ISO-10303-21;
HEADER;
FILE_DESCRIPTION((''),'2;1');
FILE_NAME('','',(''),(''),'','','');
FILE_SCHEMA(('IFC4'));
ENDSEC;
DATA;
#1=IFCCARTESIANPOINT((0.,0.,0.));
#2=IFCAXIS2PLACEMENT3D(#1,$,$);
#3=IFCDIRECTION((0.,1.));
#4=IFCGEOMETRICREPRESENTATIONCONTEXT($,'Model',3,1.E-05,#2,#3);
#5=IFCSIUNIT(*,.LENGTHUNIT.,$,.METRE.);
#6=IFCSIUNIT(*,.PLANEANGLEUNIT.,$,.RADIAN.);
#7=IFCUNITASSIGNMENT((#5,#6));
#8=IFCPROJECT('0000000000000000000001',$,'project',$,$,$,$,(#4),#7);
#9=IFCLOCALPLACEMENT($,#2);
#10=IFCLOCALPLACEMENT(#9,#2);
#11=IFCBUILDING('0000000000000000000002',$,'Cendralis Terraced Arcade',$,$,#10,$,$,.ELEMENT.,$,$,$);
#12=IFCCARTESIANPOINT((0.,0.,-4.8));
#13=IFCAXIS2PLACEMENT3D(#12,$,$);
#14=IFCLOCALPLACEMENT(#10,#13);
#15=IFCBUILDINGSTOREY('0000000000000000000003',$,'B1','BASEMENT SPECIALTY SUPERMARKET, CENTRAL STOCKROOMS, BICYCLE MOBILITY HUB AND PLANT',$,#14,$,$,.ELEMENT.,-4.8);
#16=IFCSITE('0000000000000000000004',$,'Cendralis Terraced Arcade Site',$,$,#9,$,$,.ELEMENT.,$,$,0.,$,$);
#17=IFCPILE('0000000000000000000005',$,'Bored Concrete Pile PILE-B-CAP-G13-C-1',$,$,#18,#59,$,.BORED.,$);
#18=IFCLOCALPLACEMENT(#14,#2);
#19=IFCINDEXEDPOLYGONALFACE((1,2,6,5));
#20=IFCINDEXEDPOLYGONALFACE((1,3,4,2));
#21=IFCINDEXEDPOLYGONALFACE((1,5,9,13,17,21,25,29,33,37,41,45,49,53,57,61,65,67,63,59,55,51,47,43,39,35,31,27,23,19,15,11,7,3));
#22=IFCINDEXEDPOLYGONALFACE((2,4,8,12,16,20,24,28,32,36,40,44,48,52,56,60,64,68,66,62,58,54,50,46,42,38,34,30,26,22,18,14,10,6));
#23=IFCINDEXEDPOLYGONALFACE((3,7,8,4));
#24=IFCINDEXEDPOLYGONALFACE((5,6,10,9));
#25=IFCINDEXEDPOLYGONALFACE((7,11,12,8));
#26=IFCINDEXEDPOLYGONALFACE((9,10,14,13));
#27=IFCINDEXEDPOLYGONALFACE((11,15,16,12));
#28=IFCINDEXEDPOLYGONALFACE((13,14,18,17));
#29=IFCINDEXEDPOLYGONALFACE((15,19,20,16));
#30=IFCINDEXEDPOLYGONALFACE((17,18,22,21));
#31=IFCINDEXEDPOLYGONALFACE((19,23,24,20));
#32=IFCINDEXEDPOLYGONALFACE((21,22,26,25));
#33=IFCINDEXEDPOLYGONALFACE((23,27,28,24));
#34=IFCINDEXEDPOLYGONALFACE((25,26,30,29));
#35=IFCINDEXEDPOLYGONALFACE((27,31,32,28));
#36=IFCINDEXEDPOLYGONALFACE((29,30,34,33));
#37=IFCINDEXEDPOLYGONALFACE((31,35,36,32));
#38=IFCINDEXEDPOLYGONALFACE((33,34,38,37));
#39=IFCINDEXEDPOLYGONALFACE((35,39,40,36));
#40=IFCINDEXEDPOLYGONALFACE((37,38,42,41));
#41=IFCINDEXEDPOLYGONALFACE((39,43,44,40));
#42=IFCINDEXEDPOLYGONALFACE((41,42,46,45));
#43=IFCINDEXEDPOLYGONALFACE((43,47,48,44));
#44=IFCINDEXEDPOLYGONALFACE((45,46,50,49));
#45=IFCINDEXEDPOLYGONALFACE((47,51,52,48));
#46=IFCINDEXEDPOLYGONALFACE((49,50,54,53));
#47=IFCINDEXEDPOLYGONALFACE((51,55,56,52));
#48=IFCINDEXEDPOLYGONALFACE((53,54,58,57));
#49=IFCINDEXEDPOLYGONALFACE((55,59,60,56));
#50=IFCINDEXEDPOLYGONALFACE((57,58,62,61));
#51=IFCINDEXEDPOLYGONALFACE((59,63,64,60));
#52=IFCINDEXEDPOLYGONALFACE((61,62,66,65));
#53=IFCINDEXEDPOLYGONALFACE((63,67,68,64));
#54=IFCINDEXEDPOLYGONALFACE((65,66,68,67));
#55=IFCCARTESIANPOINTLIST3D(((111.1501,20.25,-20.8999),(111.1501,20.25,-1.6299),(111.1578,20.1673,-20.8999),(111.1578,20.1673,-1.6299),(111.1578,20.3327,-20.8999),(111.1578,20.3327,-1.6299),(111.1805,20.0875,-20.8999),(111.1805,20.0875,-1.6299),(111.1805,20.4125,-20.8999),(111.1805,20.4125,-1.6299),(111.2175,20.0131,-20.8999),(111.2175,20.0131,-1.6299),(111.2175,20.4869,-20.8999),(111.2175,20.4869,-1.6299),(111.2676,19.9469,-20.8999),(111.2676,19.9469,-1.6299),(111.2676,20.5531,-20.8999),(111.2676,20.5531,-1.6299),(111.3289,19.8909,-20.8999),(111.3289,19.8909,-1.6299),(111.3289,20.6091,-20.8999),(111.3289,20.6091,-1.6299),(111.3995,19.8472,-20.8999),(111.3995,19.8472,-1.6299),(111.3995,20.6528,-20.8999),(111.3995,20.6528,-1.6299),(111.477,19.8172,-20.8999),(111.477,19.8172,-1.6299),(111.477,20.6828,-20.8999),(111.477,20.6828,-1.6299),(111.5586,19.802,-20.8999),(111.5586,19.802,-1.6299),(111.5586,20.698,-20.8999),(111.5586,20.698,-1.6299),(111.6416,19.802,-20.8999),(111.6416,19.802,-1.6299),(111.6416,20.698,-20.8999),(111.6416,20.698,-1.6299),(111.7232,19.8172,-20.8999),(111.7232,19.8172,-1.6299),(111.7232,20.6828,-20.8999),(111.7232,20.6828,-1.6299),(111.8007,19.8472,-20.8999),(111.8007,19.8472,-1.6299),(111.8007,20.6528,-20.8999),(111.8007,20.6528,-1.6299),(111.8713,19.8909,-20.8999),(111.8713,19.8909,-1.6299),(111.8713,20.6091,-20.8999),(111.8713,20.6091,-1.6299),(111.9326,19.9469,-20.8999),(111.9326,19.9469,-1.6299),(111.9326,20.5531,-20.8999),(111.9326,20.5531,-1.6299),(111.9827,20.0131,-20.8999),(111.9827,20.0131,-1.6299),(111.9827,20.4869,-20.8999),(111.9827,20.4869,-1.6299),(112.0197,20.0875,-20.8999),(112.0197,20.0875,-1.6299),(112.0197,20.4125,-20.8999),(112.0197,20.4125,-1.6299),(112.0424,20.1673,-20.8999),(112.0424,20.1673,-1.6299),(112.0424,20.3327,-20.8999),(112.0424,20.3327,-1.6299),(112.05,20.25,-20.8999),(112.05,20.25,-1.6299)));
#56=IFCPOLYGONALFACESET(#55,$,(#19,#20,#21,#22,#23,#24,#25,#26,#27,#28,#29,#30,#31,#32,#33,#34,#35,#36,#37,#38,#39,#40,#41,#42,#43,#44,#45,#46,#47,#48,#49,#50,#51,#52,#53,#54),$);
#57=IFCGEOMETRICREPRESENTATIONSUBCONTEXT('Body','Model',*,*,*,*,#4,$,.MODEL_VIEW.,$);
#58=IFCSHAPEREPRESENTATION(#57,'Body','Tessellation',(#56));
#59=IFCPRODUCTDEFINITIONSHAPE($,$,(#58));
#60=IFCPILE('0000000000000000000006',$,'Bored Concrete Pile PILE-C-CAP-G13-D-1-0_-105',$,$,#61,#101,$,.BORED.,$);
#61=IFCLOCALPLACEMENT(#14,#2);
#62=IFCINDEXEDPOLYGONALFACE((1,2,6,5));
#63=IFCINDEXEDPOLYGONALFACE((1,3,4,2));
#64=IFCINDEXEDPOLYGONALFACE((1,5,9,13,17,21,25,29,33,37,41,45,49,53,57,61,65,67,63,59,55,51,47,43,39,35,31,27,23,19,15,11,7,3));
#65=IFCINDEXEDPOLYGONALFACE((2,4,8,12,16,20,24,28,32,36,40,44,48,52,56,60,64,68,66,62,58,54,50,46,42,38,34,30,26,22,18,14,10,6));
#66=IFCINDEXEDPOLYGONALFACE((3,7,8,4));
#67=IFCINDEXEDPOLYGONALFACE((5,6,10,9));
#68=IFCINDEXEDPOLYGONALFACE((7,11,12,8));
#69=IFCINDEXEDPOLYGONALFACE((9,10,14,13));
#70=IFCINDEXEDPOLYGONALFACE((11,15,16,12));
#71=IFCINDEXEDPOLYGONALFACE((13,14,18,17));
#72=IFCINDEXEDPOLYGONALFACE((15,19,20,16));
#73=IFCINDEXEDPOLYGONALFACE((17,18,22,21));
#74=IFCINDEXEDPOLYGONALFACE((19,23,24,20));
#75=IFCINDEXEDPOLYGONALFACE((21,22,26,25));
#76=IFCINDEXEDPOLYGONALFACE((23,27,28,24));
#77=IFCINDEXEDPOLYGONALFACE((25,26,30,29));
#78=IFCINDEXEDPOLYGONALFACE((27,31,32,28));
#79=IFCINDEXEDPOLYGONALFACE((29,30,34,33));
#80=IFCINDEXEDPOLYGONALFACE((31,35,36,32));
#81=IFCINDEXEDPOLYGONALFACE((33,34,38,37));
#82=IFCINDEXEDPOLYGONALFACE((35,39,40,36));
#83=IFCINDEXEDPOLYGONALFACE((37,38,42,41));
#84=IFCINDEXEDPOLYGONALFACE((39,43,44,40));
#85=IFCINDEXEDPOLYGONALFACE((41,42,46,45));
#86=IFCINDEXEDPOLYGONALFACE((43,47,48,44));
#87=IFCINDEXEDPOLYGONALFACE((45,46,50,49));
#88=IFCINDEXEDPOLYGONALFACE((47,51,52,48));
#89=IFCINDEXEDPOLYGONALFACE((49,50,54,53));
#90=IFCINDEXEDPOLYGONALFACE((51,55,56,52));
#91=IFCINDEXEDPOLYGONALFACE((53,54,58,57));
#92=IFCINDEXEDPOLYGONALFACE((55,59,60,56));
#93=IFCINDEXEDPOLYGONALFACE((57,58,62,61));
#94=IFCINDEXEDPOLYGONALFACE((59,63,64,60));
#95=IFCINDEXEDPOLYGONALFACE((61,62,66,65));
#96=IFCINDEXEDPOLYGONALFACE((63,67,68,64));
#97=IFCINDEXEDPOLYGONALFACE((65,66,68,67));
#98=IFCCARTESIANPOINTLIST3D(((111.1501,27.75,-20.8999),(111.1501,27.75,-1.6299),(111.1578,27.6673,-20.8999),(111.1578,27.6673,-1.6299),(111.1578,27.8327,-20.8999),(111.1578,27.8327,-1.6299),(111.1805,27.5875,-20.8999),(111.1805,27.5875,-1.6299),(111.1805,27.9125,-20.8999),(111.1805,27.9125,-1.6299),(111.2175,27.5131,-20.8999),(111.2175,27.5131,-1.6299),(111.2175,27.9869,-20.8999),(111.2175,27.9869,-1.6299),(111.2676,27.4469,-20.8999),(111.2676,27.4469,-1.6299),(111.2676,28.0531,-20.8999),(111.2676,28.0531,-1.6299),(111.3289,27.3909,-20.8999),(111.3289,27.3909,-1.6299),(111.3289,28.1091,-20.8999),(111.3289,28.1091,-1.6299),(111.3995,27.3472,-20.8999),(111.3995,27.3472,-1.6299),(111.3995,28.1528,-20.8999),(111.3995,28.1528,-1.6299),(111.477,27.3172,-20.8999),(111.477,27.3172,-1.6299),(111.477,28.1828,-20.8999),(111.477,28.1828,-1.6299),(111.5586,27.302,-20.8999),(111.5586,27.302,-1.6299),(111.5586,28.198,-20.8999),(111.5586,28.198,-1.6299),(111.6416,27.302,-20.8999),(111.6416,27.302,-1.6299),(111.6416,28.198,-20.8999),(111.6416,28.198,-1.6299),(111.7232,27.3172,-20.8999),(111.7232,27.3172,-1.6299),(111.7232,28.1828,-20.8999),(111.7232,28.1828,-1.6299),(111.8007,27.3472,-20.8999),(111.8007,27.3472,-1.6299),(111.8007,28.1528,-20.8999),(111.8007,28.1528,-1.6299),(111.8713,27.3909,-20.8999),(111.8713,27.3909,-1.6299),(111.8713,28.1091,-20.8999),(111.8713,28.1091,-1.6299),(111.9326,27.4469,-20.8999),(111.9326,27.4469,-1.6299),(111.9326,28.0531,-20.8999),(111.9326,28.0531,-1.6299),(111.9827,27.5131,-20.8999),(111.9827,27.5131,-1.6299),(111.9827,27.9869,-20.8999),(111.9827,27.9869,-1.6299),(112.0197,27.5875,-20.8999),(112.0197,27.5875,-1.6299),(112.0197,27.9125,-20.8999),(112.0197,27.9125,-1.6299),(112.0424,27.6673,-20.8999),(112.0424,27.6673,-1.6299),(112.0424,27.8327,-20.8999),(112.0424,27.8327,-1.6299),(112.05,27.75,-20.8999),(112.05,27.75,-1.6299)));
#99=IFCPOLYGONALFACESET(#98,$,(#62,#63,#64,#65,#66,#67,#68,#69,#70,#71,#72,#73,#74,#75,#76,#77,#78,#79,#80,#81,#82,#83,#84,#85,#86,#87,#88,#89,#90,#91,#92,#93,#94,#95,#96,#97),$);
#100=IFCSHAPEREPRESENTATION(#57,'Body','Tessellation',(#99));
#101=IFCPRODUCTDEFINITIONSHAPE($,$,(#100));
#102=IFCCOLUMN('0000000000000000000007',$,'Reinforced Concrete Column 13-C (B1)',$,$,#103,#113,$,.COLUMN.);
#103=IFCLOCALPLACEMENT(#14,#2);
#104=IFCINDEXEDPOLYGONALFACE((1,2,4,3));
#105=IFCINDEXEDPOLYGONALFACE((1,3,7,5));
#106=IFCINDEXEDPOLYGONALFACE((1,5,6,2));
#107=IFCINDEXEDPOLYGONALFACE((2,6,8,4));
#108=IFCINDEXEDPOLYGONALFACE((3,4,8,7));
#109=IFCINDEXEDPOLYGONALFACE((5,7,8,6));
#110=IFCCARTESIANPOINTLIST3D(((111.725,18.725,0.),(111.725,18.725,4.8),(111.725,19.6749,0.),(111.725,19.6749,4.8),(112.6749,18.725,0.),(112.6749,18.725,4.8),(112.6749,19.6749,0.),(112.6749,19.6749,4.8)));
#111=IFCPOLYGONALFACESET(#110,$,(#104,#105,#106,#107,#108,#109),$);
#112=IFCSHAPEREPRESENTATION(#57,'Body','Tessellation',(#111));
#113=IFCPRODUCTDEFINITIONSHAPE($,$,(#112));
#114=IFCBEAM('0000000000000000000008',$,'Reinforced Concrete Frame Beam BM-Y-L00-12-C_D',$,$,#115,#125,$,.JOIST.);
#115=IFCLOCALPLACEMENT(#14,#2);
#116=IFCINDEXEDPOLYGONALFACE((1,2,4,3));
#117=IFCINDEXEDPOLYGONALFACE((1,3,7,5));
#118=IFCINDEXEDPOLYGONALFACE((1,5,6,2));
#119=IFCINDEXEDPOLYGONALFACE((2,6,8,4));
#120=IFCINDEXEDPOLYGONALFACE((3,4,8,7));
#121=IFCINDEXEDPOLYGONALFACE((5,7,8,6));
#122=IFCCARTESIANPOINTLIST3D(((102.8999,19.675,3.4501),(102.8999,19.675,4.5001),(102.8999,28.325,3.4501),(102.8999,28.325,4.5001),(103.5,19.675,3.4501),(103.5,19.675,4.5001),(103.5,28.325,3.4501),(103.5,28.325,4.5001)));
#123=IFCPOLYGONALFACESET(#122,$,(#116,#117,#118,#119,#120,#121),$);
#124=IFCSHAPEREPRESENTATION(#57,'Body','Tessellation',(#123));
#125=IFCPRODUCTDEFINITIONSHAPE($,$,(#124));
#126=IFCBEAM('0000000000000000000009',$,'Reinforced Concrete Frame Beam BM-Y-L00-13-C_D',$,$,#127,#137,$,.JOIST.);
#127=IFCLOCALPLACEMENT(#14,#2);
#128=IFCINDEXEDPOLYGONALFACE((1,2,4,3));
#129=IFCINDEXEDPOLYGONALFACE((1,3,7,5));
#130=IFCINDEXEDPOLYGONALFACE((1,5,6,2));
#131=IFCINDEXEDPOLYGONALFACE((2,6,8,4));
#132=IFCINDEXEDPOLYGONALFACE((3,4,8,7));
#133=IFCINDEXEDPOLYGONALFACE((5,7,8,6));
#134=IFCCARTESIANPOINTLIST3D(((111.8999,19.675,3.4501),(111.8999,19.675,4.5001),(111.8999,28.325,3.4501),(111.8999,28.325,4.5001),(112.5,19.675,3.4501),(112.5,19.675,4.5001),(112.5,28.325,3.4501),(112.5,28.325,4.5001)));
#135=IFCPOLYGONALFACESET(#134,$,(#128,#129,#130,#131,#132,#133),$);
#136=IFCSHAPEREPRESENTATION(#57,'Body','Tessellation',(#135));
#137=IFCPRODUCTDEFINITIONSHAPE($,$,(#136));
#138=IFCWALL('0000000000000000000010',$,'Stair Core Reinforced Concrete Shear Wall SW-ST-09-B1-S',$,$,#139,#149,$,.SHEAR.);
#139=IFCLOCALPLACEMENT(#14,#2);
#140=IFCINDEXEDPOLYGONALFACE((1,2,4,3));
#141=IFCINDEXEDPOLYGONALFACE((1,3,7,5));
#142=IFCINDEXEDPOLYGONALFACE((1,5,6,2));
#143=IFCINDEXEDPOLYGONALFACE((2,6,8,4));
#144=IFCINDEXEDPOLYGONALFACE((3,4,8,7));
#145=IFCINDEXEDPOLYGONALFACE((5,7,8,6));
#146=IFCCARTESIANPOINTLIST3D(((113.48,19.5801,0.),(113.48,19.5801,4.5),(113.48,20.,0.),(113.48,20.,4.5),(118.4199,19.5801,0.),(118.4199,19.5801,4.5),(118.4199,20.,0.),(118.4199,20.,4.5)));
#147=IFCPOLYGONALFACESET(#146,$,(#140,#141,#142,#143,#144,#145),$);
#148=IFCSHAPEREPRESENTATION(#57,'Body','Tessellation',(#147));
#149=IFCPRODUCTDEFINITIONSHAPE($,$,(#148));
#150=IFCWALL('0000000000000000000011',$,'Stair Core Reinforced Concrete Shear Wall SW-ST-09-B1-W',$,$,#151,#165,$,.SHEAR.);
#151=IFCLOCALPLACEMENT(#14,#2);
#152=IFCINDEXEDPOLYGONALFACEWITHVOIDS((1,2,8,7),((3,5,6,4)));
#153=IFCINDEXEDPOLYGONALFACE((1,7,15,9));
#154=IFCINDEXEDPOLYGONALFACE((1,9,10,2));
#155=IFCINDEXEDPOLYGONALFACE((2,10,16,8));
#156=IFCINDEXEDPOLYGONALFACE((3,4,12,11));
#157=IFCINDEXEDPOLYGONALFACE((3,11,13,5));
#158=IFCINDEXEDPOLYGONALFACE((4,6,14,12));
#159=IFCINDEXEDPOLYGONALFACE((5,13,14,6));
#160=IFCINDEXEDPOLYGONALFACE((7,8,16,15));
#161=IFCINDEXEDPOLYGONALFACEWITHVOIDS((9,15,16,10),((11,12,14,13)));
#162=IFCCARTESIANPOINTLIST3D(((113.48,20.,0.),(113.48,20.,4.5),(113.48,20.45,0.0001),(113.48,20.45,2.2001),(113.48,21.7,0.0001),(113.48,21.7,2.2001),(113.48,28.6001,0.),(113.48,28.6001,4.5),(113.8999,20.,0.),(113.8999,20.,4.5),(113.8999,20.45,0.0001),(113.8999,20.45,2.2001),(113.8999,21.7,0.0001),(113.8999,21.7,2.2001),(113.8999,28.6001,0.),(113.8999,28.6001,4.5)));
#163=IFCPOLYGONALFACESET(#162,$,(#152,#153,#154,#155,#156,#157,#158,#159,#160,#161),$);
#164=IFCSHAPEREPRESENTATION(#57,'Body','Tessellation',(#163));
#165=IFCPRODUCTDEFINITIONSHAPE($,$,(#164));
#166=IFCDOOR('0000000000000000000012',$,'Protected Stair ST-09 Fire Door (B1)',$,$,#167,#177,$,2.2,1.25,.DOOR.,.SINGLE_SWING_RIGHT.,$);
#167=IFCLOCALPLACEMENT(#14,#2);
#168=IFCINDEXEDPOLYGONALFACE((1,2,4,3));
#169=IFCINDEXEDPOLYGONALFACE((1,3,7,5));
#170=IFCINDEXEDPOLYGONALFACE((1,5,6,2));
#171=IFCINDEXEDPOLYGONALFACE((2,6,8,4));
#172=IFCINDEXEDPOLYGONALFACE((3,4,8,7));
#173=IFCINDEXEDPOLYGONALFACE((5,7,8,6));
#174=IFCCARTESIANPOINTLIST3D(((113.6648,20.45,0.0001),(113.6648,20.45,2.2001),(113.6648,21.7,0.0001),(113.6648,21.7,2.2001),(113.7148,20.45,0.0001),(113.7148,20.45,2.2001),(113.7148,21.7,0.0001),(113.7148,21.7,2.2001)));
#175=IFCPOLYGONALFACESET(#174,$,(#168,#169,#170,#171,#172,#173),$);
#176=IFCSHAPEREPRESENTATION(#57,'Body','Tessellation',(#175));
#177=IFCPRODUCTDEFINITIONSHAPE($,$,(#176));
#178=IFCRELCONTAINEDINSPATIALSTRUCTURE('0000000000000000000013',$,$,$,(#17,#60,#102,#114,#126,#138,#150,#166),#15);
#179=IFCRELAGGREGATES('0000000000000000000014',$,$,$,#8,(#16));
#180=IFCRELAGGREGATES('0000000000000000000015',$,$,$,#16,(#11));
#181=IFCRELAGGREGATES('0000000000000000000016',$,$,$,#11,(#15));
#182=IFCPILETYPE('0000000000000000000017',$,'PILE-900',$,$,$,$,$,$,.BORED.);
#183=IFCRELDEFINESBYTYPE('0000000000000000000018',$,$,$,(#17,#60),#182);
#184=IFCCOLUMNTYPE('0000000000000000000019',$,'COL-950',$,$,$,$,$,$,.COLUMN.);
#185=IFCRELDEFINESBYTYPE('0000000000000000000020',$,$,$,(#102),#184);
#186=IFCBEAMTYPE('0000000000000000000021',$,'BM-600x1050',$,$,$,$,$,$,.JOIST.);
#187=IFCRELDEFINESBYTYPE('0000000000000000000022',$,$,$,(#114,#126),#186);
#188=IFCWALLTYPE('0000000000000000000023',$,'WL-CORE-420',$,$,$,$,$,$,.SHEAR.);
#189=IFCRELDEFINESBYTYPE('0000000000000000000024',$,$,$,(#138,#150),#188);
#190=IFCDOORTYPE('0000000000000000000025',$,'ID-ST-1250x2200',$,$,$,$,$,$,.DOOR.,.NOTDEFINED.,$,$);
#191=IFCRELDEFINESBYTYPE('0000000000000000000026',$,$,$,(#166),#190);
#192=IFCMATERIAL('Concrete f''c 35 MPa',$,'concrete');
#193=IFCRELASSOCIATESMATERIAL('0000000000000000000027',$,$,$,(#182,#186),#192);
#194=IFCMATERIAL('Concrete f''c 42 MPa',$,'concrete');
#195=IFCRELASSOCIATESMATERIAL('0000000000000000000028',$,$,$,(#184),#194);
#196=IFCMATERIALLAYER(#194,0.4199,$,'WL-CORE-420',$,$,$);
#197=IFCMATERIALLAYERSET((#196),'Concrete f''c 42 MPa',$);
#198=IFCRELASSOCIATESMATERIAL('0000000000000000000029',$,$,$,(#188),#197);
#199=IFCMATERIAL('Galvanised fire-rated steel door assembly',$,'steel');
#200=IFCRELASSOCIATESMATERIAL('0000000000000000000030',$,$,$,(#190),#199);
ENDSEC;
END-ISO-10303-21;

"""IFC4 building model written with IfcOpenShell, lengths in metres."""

from ifc_helpers import new_model, si_unit, direction, frame, frame_2d, origin, origin_2d, place, context, subcontext, project, spatial, rectangle, circle, extrude, material, layer, layer_set, material_profile, profile_set, type_object, element, fill, save


model = new_model("IFC4")

# Units and contexts
model_context = context("Model", 3, precision=1e-05, world=origin(), true_north=direction((0.0, 1.0)))
body_context = subcontext(model_context, "Body", "Model", "MODEL_VIEW")
ifc_project = project(units=[si_unit("LENGTHUNIT", "METRE"), si_unit("PLANEANGLEUNIT", "RADIAN")], contexts=[model_context])

# Site, building, storey
site_placement = place(None, origin())
site = spatial("IfcSite", under=ifc_project, at=site_placement, Name="Cendralis Terraced Arcade Site", CompositionType="ELEMENT", RefElevation=0.0)
building_placement = place(site_placement, origin())
building = spatial("IfcBuilding", under=site, at=building_placement, Name="Cendralis Terraced Arcade", CompositionType="ELEMENT")
storey_placement = place(building_placement, frame((0.0, 0.0, -4.8)))
storey = spatial("IfcBuildingStorey", under=building, at=storey_placement, Name="B1", Description="BASEMENT SPECIALTY SUPERMARKET, CENTRAL STOCKROOMS, BICYCLE MOBILITY HUB AND PLANT", CompositionType="ELEMENT", Elevation=-4.8)

# Shared definitions
ifc_material_1 = material(Name="Concrete f'c 35 MPa", Category="concrete")

# Piles
ifc_material_profile_1 = material_profile(ifc_material_1, circle(Radius=0.45, at=origin_2d()), Name="PILE-D900", Category="LoadBearing")
ifc_profile_set_1 = profile_set([ifc_material_profile_1], Name="Concrete f'c 35 MPa")
pile_type_1 = type_object("IfcPileType", Name="PILE-900", PredefinedType="BORED", material=ifc_profile_set_1)
for number, where, z_axis, x_axis, name in (
    (1, (111.6001, 20.25, -1.6299), (0.0, 0.0, -1.0), (1.0, 0.0, 0.0), "Bored Concrete Pile PILE-B-CAP-G13-C-1"),
    (2, (111.6001, 27.75, -1.6299), (0.0, 0.0, -1.0), (1.0, 0.0, 0.0), "Bored Concrete Pile PILE-C-CAP-G13-D-1-0_-105"),
):
    element("IfcPile", number, at=place(storey_placement, frame(where, z_axis=z_axis, x_axis=x_axis)), inside=storey, type_object=pile_type_1, Name=name, PredefinedType="BORED", context=body_context, shape_type="SweptSolid", body=[
        extrude(circle(Radius=0.45, at=origin_2d()), origin(), (0.0, 0.0, 1.0), 19.27),
    ])

# Column
ifc_material_2 = material(Name="Concrete f'c 42 MPa", Category="concrete")
ifc_material_profile_2 = material_profile(ifc_material_2, rectangle(XDim=0.95, YDim=0.95, at=origin_2d()), Name="RC-COL-950x950", Category="LoadBearing")
ifc_profile_set_2 = profile_set([ifc_material_profile_2], Name="Concrete f'c 42 MPa")
column_type = type_object("IfcColumnType", Name="COL-950", PredefinedType="COLUMN", material=ifc_profile_set_2)
column_placement = place(storey_placement, frame((112.2, 19.2, 0.0), z_axis=(0.0, 0.0, 1.0), x_axis=(1.0, 0.0, 0.0)))
element("IfcColumn", 3, at=column_placement, inside=storey, type_object=column_type, Name="Reinforced Concrete Column 13-C (B1)", PredefinedType="COLUMN", context=body_context, shape_type="SweptSolid", body=[
    extrude(rectangle(XDim=0.95, YDim=0.95, at=origin_2d()), origin(), (0.0, 0.0, 1.0), 4.8),
])

# Beams
ifc_material_profile_3 = material_profile(ifc_material_1, rectangle(XDim=0.6001, YDim=1.05, at=origin_2d()), Name="RC-BM-600x1050", Category="LoadBearing")
ifc_profile_set_3 = profile_set([ifc_material_profile_3], Name="Concrete f'c 35 MPa")
beam_type = type_object("IfcBeamType", Name="BM-600x1050", PredefinedType="JOIST", material=ifc_profile_set_3)
for number, where, z_axis, x_axis, name in (
    (4, (103.2, 19.675, 3.9751), (0.0, 1.0, 0.0), (-1.0, 0.0, 0.0), "Reinforced Concrete Frame Beam BM-Y-L00-12-C_D"),
    (5, (112.2, 19.675, 3.9751), (0.0, 1.0, 0.0), (-1.0, 0.0, 0.0), "Reinforced Concrete Frame Beam BM-Y-L00-13-C_D"),
):
    element("IfcBeam", number, at=place(storey_placement, frame(where, z_axis=z_axis, x_axis=x_axis)), inside=storey, type_object=beam_type, Name=name, PredefinedType="JOIST", context=body_context, shape_type="SweptSolid", body=[
        extrude(rectangle(XDim=0.6001, YDim=1.05, at=origin_2d()), origin(), (0.0, 0.0, 1.0), 8.6499),
    ])

# Wall
ifc_layer_1 = layer(ifc_material_2, 0.4199, Name="WL-CORE-420")
ifc_layer_set_1 = layer_set([ifc_layer_1], Name="Concrete f'c 42 MPa")
wall_type = type_object("IfcWallType", Name="WL-CORE-420", PredefinedType="SHEAR", material=ifc_layer_set_1)
wall_1_placement = place(storey_placement, frame((113.48, 19.79, 0.0), z_axis=(0.0, 0.0, 1.0), x_axis=(1.0, 0.0, 0.0)))
element("IfcWall", 6, at=wall_1_placement, inside=storey, type_object=wall_type, Name="Stair Core Reinforced Concrete Shear Wall SW-ST-09-B1-S", PredefinedType="SHEAR", context=body_context, shape_type="SweptSolid", body=[
    extrude(rectangle(XDim=4.9399, YDim=0.4199, at=frame_2d((2.47, 0.0))), origin(), (0.0, 0.0, 1.0), 4.5),
])

# Wall, opening, door
wall_2_placement = place(storey_placement, frame((113.6899, 20.0, 0.0), z_axis=(0.0, 0.0, 1.0), x_axis=(0.0, 1.0, 0.0)))
wall_2 = element("IfcWall", 7, at=wall_2_placement, inside=storey, type_object=wall_type, Name="Stair Core Reinforced Concrete Shear Wall SW-ST-09-B1-W", PredefinedType="SHEAR", context=body_context, shape_type="SweptSolid", body=[
    extrude(rectangle(XDim=8.6001, YDim=0.4199, at=frame_2d((4.3, 0.0))), origin(), (0.0, 0.0, 1.0), 4.5),
])
opening_placement = place(wall_2_placement, frame((0.45, 0.0, 0.0)))
opening = element("IfcOpeningElement", 8, at=opening_placement, cuts=wall_2, PredefinedType="OPENING", context=body_context, shape_type="SweptSolid", body=[
    extrude(rectangle(XDim=1.25, YDim=2.2, at=frame_2d((0.625, 1.1001))), frame((0.0, 0.2219, 0.0), z_axis=(0.0, -1.0, 0.0), x_axis=(1.0, 0.0, 0.0)), (0.0, 0.0, 1.0), 0.4438),
])
ifc_material_3 = material(Name="Galvanised fire-rated steel door assembly", Category="steel")
door_type = type_object("IfcDoorType", Name="ID-ST-1250x2200", OperationType="NOTDEFINED", PredefinedType="DOOR", material=ifc_material_3)
door_placement = place(opening_placement, frame((1.25, 0.0, 0.0), z_axis=(0.0, 0.0, 1.0), x_axis=(-1.0, 0.0, 0.0)))
door = element("IfcDoor", 9, at=door_placement, inside=storey, type_object=door_type, Name="Protected Stair ST-09 Fire Door (B1)", OperationType="SINGLE_SWING_RIGHT", OverallHeight=2.2, OverallWidth=1.25, PredefinedType="DOOR", context=body_context, shape_type="SweptSolid", body=[
    extrude(rectangle(XDim=1.25, YDim=2.2, at=frame_2d((0.625, 1.1001))), frame((0.0, 0.0249, 0.0), z_axis=(0.0, -1.0, 0.0), x_axis=(1.0, 0.0, 0.0)), (0.0, 0.0, 1.0), 0.05),
])
fill(opening, door)

save(model, "model.ifc")
